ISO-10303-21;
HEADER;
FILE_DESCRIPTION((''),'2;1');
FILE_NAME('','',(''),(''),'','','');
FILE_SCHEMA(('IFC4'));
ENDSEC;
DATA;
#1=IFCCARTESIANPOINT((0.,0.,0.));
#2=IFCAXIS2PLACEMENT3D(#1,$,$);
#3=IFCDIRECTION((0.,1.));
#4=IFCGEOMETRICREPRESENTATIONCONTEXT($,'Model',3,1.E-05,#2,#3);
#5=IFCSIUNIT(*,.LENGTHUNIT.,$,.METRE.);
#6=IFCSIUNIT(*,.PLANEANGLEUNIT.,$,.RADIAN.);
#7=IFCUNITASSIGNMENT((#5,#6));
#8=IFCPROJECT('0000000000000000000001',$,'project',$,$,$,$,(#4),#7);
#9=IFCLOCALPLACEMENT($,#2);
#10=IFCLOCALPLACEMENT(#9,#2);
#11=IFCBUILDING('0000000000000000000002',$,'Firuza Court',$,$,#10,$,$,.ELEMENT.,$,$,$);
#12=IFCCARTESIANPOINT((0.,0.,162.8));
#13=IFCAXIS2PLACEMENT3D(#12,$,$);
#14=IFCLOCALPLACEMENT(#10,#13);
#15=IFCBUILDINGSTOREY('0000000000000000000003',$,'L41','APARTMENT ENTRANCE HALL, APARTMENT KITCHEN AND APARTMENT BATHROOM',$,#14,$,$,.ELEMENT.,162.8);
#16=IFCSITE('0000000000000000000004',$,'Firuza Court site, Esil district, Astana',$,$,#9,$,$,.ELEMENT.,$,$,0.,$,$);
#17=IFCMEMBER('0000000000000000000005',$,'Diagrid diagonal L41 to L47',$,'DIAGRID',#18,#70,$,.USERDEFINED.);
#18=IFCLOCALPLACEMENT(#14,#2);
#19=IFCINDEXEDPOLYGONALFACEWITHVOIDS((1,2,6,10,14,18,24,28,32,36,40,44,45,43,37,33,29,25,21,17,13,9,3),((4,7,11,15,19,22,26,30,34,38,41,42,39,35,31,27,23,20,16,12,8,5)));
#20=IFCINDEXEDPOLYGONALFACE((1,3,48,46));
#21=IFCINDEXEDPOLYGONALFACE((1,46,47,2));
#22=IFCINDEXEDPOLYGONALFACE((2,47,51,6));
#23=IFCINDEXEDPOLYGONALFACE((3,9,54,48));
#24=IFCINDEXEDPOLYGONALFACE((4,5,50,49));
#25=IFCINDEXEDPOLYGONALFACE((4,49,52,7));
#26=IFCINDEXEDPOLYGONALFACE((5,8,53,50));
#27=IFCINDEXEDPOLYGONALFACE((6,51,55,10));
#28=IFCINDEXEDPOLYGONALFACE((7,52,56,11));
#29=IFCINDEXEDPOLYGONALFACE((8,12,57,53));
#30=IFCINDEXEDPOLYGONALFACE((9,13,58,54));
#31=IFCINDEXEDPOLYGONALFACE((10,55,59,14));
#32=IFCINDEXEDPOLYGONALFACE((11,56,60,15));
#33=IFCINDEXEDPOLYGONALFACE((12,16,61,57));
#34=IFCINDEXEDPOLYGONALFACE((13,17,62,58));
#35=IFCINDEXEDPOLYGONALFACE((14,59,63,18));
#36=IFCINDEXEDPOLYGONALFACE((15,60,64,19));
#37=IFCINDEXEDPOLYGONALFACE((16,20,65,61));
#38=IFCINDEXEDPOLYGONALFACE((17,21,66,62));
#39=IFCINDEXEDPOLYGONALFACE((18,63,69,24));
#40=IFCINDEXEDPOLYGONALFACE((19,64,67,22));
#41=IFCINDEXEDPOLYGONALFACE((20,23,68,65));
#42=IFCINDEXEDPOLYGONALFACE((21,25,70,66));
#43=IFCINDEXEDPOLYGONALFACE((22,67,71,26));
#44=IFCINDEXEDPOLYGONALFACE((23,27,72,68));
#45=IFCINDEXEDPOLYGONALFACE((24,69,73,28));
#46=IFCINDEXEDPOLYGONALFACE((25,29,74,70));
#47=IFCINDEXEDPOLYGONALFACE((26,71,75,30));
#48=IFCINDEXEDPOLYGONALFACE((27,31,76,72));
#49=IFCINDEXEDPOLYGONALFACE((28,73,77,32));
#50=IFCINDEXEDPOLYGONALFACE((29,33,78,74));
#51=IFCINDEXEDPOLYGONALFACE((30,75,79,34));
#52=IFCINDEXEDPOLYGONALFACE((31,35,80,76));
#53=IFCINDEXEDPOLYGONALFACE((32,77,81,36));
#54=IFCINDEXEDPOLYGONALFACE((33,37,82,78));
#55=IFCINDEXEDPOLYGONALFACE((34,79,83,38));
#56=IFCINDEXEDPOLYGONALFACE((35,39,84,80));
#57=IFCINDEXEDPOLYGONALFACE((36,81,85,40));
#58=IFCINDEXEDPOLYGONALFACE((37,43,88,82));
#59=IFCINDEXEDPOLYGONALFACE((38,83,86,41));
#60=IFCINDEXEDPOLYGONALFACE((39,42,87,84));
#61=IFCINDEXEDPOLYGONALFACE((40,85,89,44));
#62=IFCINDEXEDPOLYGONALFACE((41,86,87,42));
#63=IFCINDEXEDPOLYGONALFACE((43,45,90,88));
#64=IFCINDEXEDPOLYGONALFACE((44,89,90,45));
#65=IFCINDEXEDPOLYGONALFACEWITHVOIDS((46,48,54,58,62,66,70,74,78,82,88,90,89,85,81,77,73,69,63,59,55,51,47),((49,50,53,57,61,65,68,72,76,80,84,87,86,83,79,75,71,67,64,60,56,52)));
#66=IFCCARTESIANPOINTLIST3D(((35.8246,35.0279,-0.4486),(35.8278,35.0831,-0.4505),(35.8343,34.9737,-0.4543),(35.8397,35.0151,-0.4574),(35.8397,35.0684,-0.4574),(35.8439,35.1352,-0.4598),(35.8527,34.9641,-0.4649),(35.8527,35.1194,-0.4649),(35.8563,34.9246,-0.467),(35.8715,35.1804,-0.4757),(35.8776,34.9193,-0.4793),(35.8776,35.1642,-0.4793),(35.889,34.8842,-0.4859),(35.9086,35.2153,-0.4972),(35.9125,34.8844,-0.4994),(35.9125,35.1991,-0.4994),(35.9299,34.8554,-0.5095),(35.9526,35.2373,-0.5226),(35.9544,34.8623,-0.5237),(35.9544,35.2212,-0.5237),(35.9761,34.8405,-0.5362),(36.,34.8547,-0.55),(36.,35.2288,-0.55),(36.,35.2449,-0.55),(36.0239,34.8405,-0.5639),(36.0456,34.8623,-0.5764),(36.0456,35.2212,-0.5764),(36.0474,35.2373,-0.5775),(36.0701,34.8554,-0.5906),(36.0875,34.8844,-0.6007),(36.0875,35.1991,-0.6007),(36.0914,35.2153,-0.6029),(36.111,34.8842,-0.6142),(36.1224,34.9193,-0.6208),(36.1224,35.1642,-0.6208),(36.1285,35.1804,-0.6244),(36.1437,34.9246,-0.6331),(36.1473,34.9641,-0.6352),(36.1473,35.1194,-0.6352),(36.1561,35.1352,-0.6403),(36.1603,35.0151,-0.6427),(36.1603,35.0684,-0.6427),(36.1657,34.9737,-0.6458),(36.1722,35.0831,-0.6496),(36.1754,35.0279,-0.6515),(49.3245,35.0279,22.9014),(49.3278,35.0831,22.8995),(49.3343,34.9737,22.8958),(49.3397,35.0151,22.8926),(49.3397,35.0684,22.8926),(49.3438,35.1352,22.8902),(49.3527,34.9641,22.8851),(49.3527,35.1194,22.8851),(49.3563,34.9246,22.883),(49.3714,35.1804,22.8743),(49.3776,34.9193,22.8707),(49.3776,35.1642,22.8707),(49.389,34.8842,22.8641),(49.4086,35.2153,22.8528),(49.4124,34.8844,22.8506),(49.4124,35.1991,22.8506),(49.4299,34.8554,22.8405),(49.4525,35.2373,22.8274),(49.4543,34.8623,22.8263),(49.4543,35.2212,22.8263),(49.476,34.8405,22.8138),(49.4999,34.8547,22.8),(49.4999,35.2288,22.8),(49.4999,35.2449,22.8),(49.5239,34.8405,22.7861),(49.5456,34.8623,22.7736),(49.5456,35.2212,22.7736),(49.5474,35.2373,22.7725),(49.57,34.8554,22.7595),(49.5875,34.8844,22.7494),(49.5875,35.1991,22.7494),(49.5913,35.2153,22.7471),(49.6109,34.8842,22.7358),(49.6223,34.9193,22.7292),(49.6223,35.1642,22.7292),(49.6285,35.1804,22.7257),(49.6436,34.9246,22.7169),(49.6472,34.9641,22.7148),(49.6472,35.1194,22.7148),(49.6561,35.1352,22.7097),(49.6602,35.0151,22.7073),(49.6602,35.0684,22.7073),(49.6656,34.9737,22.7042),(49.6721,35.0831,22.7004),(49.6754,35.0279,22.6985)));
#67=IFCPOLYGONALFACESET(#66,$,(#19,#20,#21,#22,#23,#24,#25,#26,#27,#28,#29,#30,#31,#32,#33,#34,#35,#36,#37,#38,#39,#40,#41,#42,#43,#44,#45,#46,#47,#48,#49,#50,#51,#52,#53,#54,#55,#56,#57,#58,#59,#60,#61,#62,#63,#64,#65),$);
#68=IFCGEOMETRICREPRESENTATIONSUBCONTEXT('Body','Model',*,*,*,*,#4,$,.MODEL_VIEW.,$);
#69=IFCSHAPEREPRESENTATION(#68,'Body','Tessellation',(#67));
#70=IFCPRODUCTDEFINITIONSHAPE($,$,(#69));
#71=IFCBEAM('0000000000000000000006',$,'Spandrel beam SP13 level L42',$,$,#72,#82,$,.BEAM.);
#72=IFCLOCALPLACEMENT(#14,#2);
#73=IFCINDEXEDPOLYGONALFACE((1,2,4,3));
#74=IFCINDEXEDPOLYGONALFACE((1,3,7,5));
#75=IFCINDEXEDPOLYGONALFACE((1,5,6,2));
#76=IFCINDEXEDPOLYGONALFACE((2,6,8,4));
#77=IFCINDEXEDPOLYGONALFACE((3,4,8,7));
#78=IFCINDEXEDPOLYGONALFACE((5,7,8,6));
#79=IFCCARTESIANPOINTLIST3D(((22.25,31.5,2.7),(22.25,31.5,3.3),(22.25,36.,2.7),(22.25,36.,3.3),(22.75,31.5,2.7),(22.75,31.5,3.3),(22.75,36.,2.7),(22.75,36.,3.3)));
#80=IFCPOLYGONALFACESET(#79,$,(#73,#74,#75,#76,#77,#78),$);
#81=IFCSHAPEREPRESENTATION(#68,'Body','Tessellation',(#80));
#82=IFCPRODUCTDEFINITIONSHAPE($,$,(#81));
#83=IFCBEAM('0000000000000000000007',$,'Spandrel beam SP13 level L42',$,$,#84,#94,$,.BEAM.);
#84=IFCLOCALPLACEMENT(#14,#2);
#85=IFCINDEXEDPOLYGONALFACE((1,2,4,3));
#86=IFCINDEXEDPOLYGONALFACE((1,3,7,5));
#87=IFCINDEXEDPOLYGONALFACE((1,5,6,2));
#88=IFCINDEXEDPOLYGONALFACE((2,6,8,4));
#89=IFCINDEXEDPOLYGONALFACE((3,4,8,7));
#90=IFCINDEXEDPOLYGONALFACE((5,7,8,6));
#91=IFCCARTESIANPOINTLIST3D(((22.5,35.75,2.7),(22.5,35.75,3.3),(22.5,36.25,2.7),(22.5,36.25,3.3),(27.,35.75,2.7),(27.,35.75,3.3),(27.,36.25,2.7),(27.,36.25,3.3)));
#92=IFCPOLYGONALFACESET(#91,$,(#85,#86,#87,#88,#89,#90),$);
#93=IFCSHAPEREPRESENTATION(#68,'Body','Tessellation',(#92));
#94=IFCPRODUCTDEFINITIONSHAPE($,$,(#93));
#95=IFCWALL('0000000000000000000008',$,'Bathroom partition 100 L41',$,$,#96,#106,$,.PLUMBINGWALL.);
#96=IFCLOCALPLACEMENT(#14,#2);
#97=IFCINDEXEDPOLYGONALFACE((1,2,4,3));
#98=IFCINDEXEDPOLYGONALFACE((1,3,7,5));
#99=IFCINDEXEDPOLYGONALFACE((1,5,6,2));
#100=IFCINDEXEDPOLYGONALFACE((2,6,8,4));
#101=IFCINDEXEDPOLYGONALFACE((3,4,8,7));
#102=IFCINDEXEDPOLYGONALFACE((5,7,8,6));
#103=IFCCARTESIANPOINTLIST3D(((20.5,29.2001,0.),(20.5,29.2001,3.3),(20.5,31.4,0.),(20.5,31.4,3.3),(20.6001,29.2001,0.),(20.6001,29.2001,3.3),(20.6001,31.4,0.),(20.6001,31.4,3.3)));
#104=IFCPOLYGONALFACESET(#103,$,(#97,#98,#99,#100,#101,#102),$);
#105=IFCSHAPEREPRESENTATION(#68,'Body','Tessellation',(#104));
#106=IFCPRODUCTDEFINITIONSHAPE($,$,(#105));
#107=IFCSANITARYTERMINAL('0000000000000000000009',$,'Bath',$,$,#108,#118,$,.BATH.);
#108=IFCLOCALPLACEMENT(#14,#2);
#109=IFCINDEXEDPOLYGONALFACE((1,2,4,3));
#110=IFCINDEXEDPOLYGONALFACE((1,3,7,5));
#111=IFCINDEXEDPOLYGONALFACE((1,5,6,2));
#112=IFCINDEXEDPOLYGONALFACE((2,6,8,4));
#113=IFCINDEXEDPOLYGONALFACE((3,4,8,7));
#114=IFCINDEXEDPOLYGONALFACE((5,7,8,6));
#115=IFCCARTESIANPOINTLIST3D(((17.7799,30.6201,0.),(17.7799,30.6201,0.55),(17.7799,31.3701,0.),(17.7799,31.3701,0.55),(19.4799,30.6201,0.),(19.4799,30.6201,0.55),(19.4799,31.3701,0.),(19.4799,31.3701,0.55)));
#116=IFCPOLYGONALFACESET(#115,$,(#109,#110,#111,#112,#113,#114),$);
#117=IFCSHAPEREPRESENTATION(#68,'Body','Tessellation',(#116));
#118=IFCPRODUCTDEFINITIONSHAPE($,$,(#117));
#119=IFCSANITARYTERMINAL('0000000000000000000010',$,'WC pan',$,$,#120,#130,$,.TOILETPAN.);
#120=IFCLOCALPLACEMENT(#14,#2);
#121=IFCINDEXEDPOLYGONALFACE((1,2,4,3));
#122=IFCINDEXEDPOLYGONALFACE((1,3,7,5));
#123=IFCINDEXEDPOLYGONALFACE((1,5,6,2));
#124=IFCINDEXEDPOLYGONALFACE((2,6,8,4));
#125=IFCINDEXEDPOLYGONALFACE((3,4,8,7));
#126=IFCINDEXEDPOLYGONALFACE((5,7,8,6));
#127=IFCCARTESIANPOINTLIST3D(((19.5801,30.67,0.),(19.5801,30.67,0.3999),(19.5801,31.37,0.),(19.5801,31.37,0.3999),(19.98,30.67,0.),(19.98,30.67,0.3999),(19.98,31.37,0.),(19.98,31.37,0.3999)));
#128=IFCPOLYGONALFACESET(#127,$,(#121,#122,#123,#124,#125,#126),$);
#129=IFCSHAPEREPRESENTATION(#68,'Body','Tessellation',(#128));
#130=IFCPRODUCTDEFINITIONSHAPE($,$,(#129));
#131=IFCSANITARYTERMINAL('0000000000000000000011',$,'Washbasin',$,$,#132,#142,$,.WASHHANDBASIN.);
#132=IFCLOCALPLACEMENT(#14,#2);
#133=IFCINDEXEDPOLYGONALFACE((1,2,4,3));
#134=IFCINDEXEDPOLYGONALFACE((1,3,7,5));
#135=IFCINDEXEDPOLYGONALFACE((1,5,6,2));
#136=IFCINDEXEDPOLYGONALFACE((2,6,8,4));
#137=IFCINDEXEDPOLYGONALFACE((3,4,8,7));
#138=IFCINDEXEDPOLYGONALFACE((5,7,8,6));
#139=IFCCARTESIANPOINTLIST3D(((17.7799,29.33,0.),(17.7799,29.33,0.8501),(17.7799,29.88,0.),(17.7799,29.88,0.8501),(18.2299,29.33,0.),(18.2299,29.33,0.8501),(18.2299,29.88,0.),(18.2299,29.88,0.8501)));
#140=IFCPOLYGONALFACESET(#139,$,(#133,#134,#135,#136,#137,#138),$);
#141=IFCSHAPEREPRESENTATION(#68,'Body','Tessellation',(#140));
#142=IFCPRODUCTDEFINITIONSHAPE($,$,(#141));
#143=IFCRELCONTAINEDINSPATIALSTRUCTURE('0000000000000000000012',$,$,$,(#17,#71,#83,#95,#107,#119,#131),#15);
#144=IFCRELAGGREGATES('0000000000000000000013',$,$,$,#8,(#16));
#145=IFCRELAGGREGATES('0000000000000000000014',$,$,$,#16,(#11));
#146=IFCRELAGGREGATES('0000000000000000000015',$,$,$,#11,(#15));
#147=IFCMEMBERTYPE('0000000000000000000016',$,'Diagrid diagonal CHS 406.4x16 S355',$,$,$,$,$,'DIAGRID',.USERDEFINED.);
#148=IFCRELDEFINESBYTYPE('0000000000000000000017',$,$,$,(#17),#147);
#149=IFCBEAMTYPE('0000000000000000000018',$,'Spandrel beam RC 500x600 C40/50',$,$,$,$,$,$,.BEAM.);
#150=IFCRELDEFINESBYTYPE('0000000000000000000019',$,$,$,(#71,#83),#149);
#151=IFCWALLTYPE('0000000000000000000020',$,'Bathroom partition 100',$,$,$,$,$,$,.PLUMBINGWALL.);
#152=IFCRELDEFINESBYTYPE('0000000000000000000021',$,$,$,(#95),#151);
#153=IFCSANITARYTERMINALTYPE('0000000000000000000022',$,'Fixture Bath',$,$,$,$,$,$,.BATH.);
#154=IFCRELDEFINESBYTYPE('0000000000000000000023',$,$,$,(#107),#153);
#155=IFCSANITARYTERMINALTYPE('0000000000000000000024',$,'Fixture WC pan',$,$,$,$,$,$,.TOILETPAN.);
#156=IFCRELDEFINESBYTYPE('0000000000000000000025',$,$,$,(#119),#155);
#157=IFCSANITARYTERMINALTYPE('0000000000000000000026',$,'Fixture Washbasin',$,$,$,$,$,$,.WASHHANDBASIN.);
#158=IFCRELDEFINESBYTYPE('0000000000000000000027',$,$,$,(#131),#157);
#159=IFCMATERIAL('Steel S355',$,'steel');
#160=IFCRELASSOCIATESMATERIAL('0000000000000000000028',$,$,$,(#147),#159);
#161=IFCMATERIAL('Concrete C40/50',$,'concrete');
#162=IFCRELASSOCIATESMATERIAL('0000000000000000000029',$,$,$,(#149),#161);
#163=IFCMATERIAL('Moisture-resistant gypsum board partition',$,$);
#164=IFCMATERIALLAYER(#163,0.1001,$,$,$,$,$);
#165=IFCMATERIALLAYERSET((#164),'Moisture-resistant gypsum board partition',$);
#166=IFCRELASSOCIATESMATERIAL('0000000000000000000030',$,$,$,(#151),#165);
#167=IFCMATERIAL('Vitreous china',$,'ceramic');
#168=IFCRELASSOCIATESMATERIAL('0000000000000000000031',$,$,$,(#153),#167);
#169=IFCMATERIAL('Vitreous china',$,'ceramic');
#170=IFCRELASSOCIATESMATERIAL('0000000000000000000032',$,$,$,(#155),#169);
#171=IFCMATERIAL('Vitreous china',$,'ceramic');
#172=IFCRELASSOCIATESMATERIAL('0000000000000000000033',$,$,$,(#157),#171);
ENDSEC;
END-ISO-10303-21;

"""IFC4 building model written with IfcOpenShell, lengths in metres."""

from ifc_helpers import new_model, si_unit, direction, frame, frame_2d, origin, origin_2d, place, context, subcontext, project, spatial, rectangle, hollow_circle, extrude, material, layer, layer_set, material_profile, profile_set, type_object, element, save


model = new_model("IFC4")

# Units and contexts
model_context = context("Model", 3, precision=1e-05, world=origin(), true_north=direction((0.0, 1.0)))
body_context = subcontext(model_context, "Body", "Model", "MODEL_VIEW")
ifc_project = project(units=[si_unit("LENGTHUNIT", "METRE"), si_unit("PLANEANGLEUNIT", "RADIAN")], contexts=[model_context])

# Site, building, storey
site_placement = place(None, origin())
site = spatial("IfcSite", under=ifc_project, at=site_placement, Name="Firuza Court site, Esil district, Astana", CompositionType="ELEMENT", RefElevation=0.0)
building_placement = place(site_placement, origin())
building = spatial("IfcBuilding", under=site, at=building_placement, Name="Firuza Court", CompositionType="ELEMENT")
storey_placement = place(building_placement, frame((0.0, 0.0, 162.8)))
storey = spatial("IfcBuildingStorey", under=building, at=storey_placement, Name="L41", Description="APARTMENT ENTRANCE HALL, APARTMENT KITCHEN AND APARTMENT BATHROOM", CompositionType="ELEMENT", Elevation=162.8)

# Member
ifc_material_1 = material(Name="Steel S355", Category="steel")
ifc_material_profile_1 = material_profile(ifc_material_1, hollow_circle(Radius=0.2031, WallThickness=0.0161, at=origin_2d()), Name="CHS 406.4x16")
ifc_profile_set_1 = profile_set([ifc_material_profile_1], Name="Steel S355")
member_type = type_object("IfcMemberType", Name="Diagrid diagonal CHS 406.4x16 S355", ElementType="DIAGRID", PredefinedType="USERDEFINED", material=ifc_profile_set_1)
member_1_placement = place(storey_placement, frame((36.0, 35.0417, -0.55), z_axis=(0.500523, 0.0, 0.865723), x_axis=(0.0, 1.0, 0.0)))
element("IfcMember", 1, at=member_1_placement, inside=storey, type_object=member_type, Name="Diagrid diagonal L41 to L47", ObjectType="DIAGRID", PredefinedType="USERDEFINED", context=body_context, shape_type="SweptSolid", body=[
    extrude(hollow_circle(Radius=0.2031, WallThickness=0.0161, at=origin_2d()), origin(), (0.0, 0.0, 1.0), 26.9717),
])

# Beams
ifc_material_2 = material(Name="Concrete C40/50", Category="concrete")
ifc_material_profile_2 = material_profile(ifc_material_2, rectangle(XDim=0.5, YDim=0.6001, at=origin_2d()), Name="RC 500x600")
ifc_profile_set_2 = profile_set([ifc_material_profile_2], Name="Concrete C40/50")
beam_type = type_object("IfcBeamType", Name="Spandrel beam RC 500x600 C40/50", PredefinedType="BEAM", material=ifc_profile_set_2)
for number, where, z_axis, x_axis, name in (
    (2, (22.5, 31.5, 3.0), (0.0, 1.0, 0.0), (-1.0, 0.0, 0.0), "Spandrel beam SP13 level L42"),
    (3, (22.5, 36.0, 3.0), (1.0, 0.0, 0.0), (0.0, 1.0, 0.0), "Spandrel beam SP13 level L42"),
):
    element("IfcBeam", number, at=place(storey_placement, frame(where, z_axis=z_axis, x_axis=x_axis)), inside=storey, type_object=beam_type, Name=name, PredefinedType="BEAM", context=body_context, shape_type="SweptSolid", body=[
        extrude(rectangle(XDim=0.5, YDim=0.6001, at=origin_2d()), origin(), (0.0, 0.0, 1.0), 4.5),
    ])

# Wall
ifc_material_3 = material(Name="Moisture-resistant gypsum board partition")
ifc_layer_1 = layer(ifc_material_3, 0.1001)
ifc_layer_set_1 = layer_set([ifc_layer_1], Name="Moisture-resistant gypsum board partition")
wall_type_1 = type_object("IfcWallType", Name="Bathroom partition 100", PredefinedType="PLUMBINGWALL", material=ifc_layer_set_1)
wall_1_placement = place(storey_placement, frame((20.55, 29.2, 0.0), z_axis=(0.0, 0.0, 1.0), x_axis=(0.0, 1.0, 0.0)))
element("IfcWall", 4, at=wall_1_placement, inside=storey, type_object=wall_type_1, Name="Bathroom partition 100 L41", PredefinedType="PLUMBINGWALL", context=body_context, shape_type="SweptSolid", body=[
    extrude(rectangle(XDim=2.2, YDim=0.1001, at=frame_2d((1.1001, 0.0))), origin(), (0.0, 0.0, 1.0), 3.3),
])

# Sanitary terminals
ifc_material_4 = material(Name="Vitreous china", Category="ceramic")
sanitary_terminal_type_1 = type_object("IfcSanitaryTerminalType", Name="Fixture Bath", PredefinedType="BATH", material=ifc_material_4)
sanitary_terminal_1_placement = place(storey_placement, frame((18.6299, 30.9951, 0.0), z_axis=(0.0, 0.0, 1.0), x_axis=(1.0, 0.0, 0.0)))
element("IfcSanitaryTerminal", 5, at=sanitary_terminal_1_placement, inside=storey, type_object=sanitary_terminal_type_1, Name="Bath", PredefinedType="BATH", context=body_context, shape_type="SweptSolid", body=[
    extrude(rectangle(XDim=1.7, YDim=0.75, at=origin_2d()), origin(), (0.0, 0.0, 1.0), 0.55),
])
ifc_material_5 = material(Name="Vitreous china", Category="ceramic")
sanitary_terminal_type_2 = type_object("IfcSanitaryTerminalType", Name="Fixture WC pan", PredefinedType="TOILETPAN", material=ifc_material_5)
sanitary_terminal_2_placement = place(storey_placement, frame((19.78, 31.02, 0.0), z_axis=(0.0, 0.0, 1.0), x_axis=(1.0, 0.0, 0.0)))
element("IfcSanitaryTerminal", 6, at=sanitary_terminal_2_placement, inside=storey, type_object=sanitary_terminal_type_2, Name="WC pan", PredefinedType="TOILETPAN", context=body_context, shape_type="SweptSolid", body=[
    extrude(rectangle(XDim=0.3999, YDim=0.7, at=origin_2d()), origin(), (0.0, 0.0, 1.0), 0.3999),
])
ifc_material_6 = material(Name="Vitreous china", Category="ceramic")
sanitary_terminal_type_3 = type_object("IfcSanitaryTerminalType", Name="Fixture Washbasin", PredefinedType="WASHHANDBASIN", material=ifc_material_6)
sanitary_terminal_3_placement = place(storey_placement, frame((18.0049, 29.605, 0.0), z_axis=(0.0, 0.0, 1.0), x_axis=(1.0, 0.0, 0.0)))
element("IfcSanitaryTerminal", 7, at=sanitary_terminal_3_placement, inside=storey, type_object=sanitary_terminal_type_3, Name="Washbasin", PredefinedType="WASHHANDBASIN", context=body_context, shape_type="SweptSolid", body=[
    extrude(rectangle(XDim=0.45, YDim=0.55, at=origin_2d()), origin(), (0.0, 0.0, 1.0), 0.8501),
])

save(model, "model.ifc")
